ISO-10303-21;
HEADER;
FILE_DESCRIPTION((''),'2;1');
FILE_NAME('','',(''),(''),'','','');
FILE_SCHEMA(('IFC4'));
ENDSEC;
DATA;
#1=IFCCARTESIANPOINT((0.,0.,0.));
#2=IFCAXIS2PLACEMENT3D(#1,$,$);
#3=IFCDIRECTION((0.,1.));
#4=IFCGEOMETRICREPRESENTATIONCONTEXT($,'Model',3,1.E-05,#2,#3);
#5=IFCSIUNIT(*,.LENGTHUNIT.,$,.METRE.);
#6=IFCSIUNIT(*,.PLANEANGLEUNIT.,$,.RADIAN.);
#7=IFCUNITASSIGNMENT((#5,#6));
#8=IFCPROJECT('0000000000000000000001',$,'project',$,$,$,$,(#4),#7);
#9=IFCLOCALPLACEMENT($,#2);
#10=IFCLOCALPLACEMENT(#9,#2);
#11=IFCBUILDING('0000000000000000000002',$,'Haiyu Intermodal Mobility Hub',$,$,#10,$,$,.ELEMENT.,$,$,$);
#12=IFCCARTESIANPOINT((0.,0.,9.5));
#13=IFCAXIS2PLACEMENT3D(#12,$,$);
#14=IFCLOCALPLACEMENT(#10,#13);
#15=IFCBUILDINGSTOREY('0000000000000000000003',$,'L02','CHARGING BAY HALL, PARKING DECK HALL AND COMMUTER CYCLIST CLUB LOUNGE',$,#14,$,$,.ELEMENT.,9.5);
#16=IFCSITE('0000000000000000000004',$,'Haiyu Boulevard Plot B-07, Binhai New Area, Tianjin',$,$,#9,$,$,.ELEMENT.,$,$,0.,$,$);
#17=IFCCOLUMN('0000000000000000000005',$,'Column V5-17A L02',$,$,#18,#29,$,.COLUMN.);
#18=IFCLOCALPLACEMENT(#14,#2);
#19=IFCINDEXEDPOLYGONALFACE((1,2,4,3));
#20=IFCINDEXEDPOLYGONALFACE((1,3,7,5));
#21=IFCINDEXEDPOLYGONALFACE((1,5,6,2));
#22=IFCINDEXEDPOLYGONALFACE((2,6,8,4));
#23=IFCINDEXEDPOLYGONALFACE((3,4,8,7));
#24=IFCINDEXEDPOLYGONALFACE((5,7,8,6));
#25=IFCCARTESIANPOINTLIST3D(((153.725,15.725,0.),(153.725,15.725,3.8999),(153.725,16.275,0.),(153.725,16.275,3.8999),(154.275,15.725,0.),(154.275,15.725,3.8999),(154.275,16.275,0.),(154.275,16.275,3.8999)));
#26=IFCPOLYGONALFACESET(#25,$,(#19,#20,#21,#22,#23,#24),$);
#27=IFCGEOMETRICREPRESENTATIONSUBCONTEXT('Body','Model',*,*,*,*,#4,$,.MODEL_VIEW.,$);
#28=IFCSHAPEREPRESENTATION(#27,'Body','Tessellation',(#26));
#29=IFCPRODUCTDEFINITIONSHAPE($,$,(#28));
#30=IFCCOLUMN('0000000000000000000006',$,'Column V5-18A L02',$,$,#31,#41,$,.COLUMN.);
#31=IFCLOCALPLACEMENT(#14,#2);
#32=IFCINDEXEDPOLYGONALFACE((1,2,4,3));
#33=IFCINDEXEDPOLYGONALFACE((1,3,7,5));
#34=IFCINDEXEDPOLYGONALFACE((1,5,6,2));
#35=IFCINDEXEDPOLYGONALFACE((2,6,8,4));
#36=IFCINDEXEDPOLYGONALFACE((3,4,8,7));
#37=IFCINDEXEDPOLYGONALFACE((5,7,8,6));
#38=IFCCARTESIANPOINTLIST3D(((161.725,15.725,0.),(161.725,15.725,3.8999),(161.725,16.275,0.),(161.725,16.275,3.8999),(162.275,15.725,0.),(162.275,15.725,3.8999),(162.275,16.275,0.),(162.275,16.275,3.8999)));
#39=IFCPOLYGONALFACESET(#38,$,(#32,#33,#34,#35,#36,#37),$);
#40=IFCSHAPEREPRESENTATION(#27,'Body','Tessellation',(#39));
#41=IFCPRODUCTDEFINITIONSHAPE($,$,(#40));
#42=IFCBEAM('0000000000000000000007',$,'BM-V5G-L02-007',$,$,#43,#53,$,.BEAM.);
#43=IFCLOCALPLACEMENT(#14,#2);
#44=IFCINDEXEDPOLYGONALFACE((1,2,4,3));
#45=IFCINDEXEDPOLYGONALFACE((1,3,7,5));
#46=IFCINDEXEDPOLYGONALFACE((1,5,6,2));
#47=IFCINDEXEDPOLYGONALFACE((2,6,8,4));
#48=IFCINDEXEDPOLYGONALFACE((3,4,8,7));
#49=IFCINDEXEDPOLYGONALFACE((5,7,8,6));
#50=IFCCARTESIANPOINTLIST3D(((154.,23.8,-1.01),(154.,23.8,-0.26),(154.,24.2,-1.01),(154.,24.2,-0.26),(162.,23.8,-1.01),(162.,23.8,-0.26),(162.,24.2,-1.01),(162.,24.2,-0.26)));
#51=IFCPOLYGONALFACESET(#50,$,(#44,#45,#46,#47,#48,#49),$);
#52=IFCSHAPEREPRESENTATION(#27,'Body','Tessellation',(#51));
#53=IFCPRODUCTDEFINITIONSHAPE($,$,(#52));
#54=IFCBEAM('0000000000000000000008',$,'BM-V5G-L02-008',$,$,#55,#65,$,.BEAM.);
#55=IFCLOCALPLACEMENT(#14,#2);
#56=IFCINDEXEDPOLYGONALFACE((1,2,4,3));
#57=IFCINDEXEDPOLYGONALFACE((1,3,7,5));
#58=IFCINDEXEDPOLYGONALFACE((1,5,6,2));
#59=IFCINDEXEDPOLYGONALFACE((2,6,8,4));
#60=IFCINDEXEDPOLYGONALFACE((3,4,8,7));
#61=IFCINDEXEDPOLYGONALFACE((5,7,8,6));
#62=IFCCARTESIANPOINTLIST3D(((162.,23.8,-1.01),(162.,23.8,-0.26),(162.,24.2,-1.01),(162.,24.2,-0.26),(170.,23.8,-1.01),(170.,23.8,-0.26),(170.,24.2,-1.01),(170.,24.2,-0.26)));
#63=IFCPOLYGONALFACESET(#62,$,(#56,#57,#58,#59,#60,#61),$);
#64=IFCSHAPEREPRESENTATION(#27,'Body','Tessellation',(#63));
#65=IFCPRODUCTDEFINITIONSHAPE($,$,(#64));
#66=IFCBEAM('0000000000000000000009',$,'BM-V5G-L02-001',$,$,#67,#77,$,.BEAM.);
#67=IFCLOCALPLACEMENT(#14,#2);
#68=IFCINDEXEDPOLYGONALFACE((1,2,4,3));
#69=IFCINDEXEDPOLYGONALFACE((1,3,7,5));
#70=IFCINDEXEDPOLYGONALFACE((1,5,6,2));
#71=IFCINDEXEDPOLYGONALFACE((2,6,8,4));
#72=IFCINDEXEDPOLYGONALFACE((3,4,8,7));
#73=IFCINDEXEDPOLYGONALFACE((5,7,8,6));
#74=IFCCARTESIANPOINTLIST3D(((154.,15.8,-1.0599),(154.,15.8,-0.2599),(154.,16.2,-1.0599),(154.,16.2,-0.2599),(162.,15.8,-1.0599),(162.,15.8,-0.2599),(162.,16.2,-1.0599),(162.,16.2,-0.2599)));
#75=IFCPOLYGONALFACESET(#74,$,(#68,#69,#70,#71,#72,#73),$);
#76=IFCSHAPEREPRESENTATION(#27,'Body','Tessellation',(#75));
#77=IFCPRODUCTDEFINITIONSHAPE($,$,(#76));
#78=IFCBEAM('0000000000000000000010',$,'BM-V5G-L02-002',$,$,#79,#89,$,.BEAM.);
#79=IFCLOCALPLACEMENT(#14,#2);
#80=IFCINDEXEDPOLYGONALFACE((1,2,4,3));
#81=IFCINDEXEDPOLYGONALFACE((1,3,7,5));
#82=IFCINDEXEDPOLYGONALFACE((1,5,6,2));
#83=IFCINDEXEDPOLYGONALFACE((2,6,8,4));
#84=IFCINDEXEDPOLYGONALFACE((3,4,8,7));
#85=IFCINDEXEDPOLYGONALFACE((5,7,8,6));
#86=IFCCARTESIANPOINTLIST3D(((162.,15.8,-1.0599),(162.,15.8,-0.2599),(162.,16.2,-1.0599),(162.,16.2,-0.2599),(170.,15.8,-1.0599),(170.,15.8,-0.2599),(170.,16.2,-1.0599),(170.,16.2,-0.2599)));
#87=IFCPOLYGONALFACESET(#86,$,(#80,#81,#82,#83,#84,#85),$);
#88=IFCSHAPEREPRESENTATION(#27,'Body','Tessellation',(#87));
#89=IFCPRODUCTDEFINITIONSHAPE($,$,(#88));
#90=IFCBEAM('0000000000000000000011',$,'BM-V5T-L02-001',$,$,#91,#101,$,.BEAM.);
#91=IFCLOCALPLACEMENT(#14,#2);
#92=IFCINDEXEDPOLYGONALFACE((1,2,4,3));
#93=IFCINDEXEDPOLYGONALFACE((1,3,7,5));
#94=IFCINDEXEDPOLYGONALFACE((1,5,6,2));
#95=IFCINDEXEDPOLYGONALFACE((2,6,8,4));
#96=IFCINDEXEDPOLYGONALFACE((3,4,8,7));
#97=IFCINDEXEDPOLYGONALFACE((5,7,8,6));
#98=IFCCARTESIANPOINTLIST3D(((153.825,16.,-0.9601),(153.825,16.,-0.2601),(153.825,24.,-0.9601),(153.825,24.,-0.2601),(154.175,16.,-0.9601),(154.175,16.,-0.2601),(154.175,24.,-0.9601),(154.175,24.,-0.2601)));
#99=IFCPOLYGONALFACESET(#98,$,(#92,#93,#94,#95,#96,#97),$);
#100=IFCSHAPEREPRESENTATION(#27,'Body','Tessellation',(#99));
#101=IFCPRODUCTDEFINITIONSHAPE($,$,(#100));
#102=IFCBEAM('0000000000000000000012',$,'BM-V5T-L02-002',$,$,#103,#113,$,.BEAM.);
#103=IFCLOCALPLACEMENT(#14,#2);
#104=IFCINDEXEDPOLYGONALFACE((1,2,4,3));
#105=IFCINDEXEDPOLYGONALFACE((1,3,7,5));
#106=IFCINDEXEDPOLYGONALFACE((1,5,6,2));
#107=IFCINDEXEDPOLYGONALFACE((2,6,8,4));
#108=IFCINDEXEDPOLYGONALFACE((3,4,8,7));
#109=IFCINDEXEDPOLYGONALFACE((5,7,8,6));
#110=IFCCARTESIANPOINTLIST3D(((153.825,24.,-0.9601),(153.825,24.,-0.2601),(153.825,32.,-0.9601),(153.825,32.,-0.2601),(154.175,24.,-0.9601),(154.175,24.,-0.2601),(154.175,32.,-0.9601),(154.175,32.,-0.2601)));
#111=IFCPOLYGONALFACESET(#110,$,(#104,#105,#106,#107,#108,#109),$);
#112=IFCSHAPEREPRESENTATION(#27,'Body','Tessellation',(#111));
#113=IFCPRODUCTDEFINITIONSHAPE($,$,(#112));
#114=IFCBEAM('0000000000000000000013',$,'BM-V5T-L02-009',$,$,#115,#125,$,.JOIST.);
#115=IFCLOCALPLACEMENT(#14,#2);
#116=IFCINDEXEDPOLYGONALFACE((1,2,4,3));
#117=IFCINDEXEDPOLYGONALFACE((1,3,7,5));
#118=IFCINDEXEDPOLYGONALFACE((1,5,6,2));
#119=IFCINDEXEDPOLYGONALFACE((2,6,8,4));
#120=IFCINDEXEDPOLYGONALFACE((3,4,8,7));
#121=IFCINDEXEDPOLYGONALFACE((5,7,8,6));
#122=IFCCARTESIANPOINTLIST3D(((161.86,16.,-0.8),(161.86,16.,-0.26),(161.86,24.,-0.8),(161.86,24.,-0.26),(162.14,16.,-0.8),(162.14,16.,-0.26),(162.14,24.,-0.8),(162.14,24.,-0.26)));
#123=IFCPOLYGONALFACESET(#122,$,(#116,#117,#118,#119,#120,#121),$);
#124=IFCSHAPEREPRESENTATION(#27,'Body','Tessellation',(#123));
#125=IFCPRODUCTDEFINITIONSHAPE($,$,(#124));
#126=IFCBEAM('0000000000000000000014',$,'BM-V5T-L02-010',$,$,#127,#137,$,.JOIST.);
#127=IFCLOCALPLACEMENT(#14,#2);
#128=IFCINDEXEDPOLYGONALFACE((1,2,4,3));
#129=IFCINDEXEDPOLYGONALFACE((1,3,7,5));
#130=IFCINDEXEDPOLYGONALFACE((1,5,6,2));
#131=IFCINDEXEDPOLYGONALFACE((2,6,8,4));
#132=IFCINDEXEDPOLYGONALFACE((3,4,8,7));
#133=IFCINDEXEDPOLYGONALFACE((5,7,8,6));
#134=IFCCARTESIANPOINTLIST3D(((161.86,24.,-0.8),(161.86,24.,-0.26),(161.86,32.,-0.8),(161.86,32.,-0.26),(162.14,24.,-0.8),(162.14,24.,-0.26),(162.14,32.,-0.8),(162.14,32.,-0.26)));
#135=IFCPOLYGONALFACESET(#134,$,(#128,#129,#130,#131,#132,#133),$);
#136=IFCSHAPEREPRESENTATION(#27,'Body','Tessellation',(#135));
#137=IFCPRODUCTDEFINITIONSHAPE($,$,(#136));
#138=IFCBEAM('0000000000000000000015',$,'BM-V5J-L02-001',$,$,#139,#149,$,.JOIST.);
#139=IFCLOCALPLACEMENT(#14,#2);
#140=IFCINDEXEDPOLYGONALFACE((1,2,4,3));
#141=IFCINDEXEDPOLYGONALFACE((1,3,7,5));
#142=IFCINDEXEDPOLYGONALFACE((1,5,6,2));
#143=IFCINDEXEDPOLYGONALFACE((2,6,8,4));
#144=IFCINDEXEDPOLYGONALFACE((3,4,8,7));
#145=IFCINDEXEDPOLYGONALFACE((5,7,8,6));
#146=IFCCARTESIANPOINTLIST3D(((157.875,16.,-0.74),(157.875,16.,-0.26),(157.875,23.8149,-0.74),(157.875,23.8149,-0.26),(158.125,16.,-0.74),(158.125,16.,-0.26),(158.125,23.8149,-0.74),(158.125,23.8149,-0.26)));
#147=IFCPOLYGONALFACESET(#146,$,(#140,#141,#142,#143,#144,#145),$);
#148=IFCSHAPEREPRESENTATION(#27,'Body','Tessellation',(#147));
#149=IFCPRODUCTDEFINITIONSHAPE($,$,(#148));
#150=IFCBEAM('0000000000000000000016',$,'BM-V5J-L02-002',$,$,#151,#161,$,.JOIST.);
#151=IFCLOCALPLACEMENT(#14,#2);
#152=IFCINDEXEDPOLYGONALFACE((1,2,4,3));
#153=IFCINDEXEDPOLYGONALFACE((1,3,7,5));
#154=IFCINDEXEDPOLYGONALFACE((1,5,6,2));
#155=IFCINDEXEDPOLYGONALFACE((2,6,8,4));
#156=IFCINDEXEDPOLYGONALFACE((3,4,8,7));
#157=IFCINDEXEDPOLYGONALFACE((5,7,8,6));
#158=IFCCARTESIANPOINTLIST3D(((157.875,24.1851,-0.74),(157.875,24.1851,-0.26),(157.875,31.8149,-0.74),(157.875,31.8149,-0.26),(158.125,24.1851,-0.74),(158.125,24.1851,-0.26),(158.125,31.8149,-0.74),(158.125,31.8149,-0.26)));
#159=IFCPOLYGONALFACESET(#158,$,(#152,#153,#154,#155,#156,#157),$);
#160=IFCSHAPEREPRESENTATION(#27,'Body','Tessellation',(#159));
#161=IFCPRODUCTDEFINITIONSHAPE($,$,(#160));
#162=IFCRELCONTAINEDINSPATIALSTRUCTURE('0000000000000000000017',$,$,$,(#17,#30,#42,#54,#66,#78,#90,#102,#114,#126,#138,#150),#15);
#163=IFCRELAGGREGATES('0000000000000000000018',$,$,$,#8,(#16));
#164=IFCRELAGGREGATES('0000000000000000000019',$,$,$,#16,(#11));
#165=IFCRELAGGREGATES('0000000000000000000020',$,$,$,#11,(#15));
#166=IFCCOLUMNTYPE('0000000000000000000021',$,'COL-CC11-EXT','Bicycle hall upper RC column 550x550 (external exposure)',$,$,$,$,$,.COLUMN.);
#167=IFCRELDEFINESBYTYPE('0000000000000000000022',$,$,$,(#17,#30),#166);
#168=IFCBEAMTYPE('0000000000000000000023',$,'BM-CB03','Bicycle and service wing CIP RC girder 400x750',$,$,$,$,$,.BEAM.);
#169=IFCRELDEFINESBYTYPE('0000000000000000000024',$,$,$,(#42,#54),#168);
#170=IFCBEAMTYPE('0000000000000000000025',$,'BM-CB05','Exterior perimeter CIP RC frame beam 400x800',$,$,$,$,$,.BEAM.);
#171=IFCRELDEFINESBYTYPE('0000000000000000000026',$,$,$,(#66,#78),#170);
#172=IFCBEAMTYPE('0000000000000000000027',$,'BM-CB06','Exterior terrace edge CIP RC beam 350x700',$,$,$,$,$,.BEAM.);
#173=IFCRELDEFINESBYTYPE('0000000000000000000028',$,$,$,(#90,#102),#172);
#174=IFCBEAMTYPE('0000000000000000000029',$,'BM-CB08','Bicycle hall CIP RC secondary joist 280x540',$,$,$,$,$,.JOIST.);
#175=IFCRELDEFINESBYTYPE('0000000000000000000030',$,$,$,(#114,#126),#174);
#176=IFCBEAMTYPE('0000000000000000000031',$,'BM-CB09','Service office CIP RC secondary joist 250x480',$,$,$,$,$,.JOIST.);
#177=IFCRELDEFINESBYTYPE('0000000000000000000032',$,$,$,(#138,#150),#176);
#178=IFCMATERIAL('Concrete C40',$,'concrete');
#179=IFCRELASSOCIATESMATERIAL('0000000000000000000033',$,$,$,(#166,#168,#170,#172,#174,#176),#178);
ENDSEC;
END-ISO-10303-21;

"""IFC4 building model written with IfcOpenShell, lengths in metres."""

from ifc_helpers import new_model, si_unit, direction, frame, origin, origin_2d, place, context, subcontext, project, spatial, rectangle, extrude, material, material_profile, profile_set, type_object, element, save


model = new_model("IFC4")

# Units and contexts
model_context = context("Model", 3, precision=1e-05, world=origin(), true_north=direction((0.0, 1.0)))
body_context = subcontext(model_context, "Body", "Model", "MODEL_VIEW")
ifc_project = project(units=[si_unit("LENGTHUNIT", "METRE"), si_unit("PLANEANGLEUNIT", "RADIAN")], contexts=[model_context])

# Site, building, storey
site_placement = place(None, origin())
site = spatial("IfcSite", under=ifc_project, at=site_placement, Name="Haiyu Boulevard Plot B-07, Binhai New Area, Tianjin", CompositionType="ELEMENT", RefElevation=0.0)
building_placement = place(site_placement, origin())
building = spatial("IfcBuilding", under=site, at=building_placement, Name="Haiyu Intermodal Mobility Hub", CompositionType="ELEMENT")
storey_placement = place(building_placement, frame((0.0, 0.0, 9.5)))
storey = spatial("IfcBuildingStorey", under=building, at=storey_placement, Name="L02", Description="CHARGING BAY HALL, PARKING DECK HALL AND COMMUTER CYCLIST CLUB LOUNGE", CompositionType="ELEMENT", Elevation=9.5)

# Columns
ifc_material_1 = material(Name="Concrete C40", Category="concrete")
ifc_material_profile_1 = material_profile(ifc_material_1, rectangle(XDim=0.55, YDim=0.55, at=origin_2d()), Name="RC550x550")
ifc_profile_set_1 = profile_set([ifc_material_profile_1], Name="Concrete C40")
column_type = type_object("IfcColumnType", Name="COL-CC11-EXT", Description="Bicycle hall upper RC column 550x550 (external exposure)", PredefinedType="COLUMN", material=ifc_profile_set_1)
for number, where, z_axis, x_axis, name in (
    (1, (154.0, 16.0, 0.0), (0.0, 0.0, 1.0), (1.0, 0.0, 0.0), "Column V5-17A L02"),
    (2, (162.0, 16.0, 0.0), (0.0, 0.0, 1.0), (1.0, 0.0, 0.0), "Column V5-18A L02"),
):
    element("IfcColumn", number, at=place(storey_placement, frame(where, z_axis=z_axis, x_axis=x_axis)), inside=storey, type_object=column_type, Name=name, PredefinedType="COLUMN", context=body_context, shape_type="SweptSolid", body=[
        extrude(rectangle(XDim=0.55, YDim=0.55, at=origin_2d()), origin(), (0.0, 0.0, 1.0), 3.8999),
    ])

# Beams
ifc_material_profile_2 = material_profile(ifc_material_1, rectangle(XDim=0.3999, YDim=0.75, at=origin_2d()), Name="RCB400x750")
ifc_profile_set_2 = profile_set([ifc_material_profile_2], Name="Concrete C40")
beam_type_1 = type_object("IfcBeamType", Name="BM-CB03", Description="Bicycle and service wing CIP RC girder 400x750", PredefinedType="BEAM", material=ifc_profile_set_2)
for number, where, z_axis, x_axis, name in (
    (3, (154.0, 24.0, -0.635), (1.0, 0.0, 0.0), (0.0, 1.0, 0.0), "BM-V5G-L02-007"),
    (4, (162.0, 24.0, -0.635), (1.0, 0.0, 0.0), (0.0, 1.0, 0.0), "BM-V5G-L02-008"),
):
    element("IfcBeam", number, at=place(storey_placement, frame(where, z_axis=z_axis, x_axis=x_axis)), inside=storey, type_object=beam_type_1, Name=name, PredefinedType="BEAM", context=body_context, shape_type="SweptSolid", body=[
        extrude(rectangle(XDim=0.3999, YDim=0.75, at=origin_2d()), origin(), (0.0, 0.0, 1.0), 8.0),
    ])
ifc_material_profile_3 = material_profile(ifc_material_1, rectangle(XDim=0.3999, YDim=0.8, at=origin_2d()), Name="RCB400x800")
ifc_profile_set_3 = profile_set([ifc_material_profile_3], Name="Concrete C40")
beam_type_2 = type_object("IfcBeamType", Name="BM-CB05", Description="Exterior perimeter CIP RC frame beam 400x800", PredefinedType="BEAM", material=ifc_profile_set_3)
for number, where, z_axis, x_axis, name in (
    (5, (154.0, 16.0, -0.6599), (1.0, 0.0, 0.0), (0.0, 1.0, 0.0), "BM-V5G-L02-001"),
    (6, (162.0, 16.0, -0.6599), (1.0, 0.0, 0.0), (0.0, 1.0, 0.0), "BM-V5G-L02-002"),
):
    element("IfcBeam", number, at=place(storey_placement, frame(where, z_axis=z_axis, x_axis=x_axis)), inside=storey, type_object=beam_type_2, Name=name, PredefinedType="BEAM", context=body_context, shape_type="SweptSolid", body=[
        extrude(rectangle(XDim=0.3999, YDim=0.8, at=origin_2d()), origin(), (0.0, 0.0, 1.0), 8.0),
    ])
ifc_material_profile_4 = material_profile(ifc_material_1, rectangle(XDim=0.3501, YDim=0.7, at=origin_2d()), Name="RCB350x700")
ifc_profile_set_4 = profile_set([ifc_material_profile_4], Name="Concrete C40")
beam_type_3 = type_object("IfcBeamType", Name="BM-CB06", Description="Exterior terrace edge CIP RC beam 350x700", PredefinedType="BEAM", material=ifc_profile_set_4)
for number, where, z_axis, x_axis, name in (
    (7, (154.0, 16.0, -0.6101), (0.0, 1.0, 0.0), (-1.0, 0.0, 0.0), "BM-V5T-L02-001"),
    (8, (154.0, 24.0, -0.6101), (0.0, 1.0, 0.0), (-1.0, 0.0, 0.0), "BM-V5T-L02-002"),
):
    element("IfcBeam", number, at=place(storey_placement, frame(where, z_axis=z_axis, x_axis=x_axis)), inside=storey, type_object=beam_type_3, Name=name, PredefinedType="BEAM", context=body_context, shape_type="SweptSolid", body=[
        extrude(rectangle(XDim=0.3501, YDim=0.7, at=origin_2d()), origin(), (0.0, 0.0, 1.0), 8.0),
    ])
ifc_material_profile_5 = material_profile(ifc_material_1, rectangle(XDim=0.28, YDim=0.54, at=origin_2d()), Name="RCB280x540")
ifc_profile_set_5 = profile_set([ifc_material_profile_5], Name="Concrete C40")
beam_type_4 = type_object("IfcBeamType", Name="BM-CB08", Description="Bicycle hall CIP RC secondary joist 280x540", PredefinedType="JOIST", material=ifc_profile_set_5)
for number, where, z_axis, x_axis, name in (
    (9, (162.0, 16.0, -0.53), (0.0, 1.0, 0.0), (-1.0, 0.0, 0.0), "BM-V5T-L02-009"),
    (10, (162.0, 24.0, -0.53), (0.0, 1.0, 0.0), (-1.0, 0.0, 0.0), "BM-V5T-L02-010"),
):
    element("IfcBeam", number, at=place(storey_placement, frame(where, z_axis=z_axis, x_axis=x_axis)), inside=storey, type_object=beam_type_4, Name=name, PredefinedType="JOIST", context=body_context, shape_type="SweptSolid", body=[
        extrude(rectangle(XDim=0.28, YDim=0.54, at=origin_2d()), origin(), (0.0, 0.0, 1.0), 8.0),
    ])
ifc_material_profile_6 = material_profile(ifc_material_1, rectangle(XDim=0.25, YDim=0.48, at=origin_2d()), Name="RCB250x480")
ifc_profile_set_6 = profile_set([ifc_material_profile_6], Name="Concrete C40")
beam_type_5 = type_object("IfcBeamType", Name="BM-CB09", Description="Service office CIP RC secondary joist 250x480", PredefinedType="JOIST", material=ifc_profile_set_6)
beam_1_placement = place(storey_placement, frame((158.0, 16.0, -0.5), z_axis=(0.0, 1.0, 0.0), x_axis=(-1.0, 0.0, 0.0)))
element("IfcBeam", 11, at=beam_1_placement, inside=storey, type_object=beam_type_5, Name="BM-V5J-L02-001", PredefinedType="JOIST", context=body_context, shape_type="SweptSolid", body=[
    extrude(rectangle(XDim=0.25, YDim=0.48, at=origin_2d()), origin(), (0.0, 0.0, 1.0), 7.8149),
])
beam_2_placement = place(storey_placement, frame((158.0, 24.1851, -0.5), z_axis=(0.0, 1.0, 0.0), x_axis=(-1.0, 0.0, 0.0)))
element("IfcBeam", 12, at=beam_2_placement, inside=storey, type_object=beam_type_5, Name="BM-V5J-L02-002", PredefinedType="JOIST", context=body_context, shape_type="SweptSolid", body=[
    extrude(rectangle(XDim=0.25, YDim=0.48, at=origin_2d()), origin(), (0.0, 0.0, 1.0), 7.6299),
])

save(model, "model.ifc")
